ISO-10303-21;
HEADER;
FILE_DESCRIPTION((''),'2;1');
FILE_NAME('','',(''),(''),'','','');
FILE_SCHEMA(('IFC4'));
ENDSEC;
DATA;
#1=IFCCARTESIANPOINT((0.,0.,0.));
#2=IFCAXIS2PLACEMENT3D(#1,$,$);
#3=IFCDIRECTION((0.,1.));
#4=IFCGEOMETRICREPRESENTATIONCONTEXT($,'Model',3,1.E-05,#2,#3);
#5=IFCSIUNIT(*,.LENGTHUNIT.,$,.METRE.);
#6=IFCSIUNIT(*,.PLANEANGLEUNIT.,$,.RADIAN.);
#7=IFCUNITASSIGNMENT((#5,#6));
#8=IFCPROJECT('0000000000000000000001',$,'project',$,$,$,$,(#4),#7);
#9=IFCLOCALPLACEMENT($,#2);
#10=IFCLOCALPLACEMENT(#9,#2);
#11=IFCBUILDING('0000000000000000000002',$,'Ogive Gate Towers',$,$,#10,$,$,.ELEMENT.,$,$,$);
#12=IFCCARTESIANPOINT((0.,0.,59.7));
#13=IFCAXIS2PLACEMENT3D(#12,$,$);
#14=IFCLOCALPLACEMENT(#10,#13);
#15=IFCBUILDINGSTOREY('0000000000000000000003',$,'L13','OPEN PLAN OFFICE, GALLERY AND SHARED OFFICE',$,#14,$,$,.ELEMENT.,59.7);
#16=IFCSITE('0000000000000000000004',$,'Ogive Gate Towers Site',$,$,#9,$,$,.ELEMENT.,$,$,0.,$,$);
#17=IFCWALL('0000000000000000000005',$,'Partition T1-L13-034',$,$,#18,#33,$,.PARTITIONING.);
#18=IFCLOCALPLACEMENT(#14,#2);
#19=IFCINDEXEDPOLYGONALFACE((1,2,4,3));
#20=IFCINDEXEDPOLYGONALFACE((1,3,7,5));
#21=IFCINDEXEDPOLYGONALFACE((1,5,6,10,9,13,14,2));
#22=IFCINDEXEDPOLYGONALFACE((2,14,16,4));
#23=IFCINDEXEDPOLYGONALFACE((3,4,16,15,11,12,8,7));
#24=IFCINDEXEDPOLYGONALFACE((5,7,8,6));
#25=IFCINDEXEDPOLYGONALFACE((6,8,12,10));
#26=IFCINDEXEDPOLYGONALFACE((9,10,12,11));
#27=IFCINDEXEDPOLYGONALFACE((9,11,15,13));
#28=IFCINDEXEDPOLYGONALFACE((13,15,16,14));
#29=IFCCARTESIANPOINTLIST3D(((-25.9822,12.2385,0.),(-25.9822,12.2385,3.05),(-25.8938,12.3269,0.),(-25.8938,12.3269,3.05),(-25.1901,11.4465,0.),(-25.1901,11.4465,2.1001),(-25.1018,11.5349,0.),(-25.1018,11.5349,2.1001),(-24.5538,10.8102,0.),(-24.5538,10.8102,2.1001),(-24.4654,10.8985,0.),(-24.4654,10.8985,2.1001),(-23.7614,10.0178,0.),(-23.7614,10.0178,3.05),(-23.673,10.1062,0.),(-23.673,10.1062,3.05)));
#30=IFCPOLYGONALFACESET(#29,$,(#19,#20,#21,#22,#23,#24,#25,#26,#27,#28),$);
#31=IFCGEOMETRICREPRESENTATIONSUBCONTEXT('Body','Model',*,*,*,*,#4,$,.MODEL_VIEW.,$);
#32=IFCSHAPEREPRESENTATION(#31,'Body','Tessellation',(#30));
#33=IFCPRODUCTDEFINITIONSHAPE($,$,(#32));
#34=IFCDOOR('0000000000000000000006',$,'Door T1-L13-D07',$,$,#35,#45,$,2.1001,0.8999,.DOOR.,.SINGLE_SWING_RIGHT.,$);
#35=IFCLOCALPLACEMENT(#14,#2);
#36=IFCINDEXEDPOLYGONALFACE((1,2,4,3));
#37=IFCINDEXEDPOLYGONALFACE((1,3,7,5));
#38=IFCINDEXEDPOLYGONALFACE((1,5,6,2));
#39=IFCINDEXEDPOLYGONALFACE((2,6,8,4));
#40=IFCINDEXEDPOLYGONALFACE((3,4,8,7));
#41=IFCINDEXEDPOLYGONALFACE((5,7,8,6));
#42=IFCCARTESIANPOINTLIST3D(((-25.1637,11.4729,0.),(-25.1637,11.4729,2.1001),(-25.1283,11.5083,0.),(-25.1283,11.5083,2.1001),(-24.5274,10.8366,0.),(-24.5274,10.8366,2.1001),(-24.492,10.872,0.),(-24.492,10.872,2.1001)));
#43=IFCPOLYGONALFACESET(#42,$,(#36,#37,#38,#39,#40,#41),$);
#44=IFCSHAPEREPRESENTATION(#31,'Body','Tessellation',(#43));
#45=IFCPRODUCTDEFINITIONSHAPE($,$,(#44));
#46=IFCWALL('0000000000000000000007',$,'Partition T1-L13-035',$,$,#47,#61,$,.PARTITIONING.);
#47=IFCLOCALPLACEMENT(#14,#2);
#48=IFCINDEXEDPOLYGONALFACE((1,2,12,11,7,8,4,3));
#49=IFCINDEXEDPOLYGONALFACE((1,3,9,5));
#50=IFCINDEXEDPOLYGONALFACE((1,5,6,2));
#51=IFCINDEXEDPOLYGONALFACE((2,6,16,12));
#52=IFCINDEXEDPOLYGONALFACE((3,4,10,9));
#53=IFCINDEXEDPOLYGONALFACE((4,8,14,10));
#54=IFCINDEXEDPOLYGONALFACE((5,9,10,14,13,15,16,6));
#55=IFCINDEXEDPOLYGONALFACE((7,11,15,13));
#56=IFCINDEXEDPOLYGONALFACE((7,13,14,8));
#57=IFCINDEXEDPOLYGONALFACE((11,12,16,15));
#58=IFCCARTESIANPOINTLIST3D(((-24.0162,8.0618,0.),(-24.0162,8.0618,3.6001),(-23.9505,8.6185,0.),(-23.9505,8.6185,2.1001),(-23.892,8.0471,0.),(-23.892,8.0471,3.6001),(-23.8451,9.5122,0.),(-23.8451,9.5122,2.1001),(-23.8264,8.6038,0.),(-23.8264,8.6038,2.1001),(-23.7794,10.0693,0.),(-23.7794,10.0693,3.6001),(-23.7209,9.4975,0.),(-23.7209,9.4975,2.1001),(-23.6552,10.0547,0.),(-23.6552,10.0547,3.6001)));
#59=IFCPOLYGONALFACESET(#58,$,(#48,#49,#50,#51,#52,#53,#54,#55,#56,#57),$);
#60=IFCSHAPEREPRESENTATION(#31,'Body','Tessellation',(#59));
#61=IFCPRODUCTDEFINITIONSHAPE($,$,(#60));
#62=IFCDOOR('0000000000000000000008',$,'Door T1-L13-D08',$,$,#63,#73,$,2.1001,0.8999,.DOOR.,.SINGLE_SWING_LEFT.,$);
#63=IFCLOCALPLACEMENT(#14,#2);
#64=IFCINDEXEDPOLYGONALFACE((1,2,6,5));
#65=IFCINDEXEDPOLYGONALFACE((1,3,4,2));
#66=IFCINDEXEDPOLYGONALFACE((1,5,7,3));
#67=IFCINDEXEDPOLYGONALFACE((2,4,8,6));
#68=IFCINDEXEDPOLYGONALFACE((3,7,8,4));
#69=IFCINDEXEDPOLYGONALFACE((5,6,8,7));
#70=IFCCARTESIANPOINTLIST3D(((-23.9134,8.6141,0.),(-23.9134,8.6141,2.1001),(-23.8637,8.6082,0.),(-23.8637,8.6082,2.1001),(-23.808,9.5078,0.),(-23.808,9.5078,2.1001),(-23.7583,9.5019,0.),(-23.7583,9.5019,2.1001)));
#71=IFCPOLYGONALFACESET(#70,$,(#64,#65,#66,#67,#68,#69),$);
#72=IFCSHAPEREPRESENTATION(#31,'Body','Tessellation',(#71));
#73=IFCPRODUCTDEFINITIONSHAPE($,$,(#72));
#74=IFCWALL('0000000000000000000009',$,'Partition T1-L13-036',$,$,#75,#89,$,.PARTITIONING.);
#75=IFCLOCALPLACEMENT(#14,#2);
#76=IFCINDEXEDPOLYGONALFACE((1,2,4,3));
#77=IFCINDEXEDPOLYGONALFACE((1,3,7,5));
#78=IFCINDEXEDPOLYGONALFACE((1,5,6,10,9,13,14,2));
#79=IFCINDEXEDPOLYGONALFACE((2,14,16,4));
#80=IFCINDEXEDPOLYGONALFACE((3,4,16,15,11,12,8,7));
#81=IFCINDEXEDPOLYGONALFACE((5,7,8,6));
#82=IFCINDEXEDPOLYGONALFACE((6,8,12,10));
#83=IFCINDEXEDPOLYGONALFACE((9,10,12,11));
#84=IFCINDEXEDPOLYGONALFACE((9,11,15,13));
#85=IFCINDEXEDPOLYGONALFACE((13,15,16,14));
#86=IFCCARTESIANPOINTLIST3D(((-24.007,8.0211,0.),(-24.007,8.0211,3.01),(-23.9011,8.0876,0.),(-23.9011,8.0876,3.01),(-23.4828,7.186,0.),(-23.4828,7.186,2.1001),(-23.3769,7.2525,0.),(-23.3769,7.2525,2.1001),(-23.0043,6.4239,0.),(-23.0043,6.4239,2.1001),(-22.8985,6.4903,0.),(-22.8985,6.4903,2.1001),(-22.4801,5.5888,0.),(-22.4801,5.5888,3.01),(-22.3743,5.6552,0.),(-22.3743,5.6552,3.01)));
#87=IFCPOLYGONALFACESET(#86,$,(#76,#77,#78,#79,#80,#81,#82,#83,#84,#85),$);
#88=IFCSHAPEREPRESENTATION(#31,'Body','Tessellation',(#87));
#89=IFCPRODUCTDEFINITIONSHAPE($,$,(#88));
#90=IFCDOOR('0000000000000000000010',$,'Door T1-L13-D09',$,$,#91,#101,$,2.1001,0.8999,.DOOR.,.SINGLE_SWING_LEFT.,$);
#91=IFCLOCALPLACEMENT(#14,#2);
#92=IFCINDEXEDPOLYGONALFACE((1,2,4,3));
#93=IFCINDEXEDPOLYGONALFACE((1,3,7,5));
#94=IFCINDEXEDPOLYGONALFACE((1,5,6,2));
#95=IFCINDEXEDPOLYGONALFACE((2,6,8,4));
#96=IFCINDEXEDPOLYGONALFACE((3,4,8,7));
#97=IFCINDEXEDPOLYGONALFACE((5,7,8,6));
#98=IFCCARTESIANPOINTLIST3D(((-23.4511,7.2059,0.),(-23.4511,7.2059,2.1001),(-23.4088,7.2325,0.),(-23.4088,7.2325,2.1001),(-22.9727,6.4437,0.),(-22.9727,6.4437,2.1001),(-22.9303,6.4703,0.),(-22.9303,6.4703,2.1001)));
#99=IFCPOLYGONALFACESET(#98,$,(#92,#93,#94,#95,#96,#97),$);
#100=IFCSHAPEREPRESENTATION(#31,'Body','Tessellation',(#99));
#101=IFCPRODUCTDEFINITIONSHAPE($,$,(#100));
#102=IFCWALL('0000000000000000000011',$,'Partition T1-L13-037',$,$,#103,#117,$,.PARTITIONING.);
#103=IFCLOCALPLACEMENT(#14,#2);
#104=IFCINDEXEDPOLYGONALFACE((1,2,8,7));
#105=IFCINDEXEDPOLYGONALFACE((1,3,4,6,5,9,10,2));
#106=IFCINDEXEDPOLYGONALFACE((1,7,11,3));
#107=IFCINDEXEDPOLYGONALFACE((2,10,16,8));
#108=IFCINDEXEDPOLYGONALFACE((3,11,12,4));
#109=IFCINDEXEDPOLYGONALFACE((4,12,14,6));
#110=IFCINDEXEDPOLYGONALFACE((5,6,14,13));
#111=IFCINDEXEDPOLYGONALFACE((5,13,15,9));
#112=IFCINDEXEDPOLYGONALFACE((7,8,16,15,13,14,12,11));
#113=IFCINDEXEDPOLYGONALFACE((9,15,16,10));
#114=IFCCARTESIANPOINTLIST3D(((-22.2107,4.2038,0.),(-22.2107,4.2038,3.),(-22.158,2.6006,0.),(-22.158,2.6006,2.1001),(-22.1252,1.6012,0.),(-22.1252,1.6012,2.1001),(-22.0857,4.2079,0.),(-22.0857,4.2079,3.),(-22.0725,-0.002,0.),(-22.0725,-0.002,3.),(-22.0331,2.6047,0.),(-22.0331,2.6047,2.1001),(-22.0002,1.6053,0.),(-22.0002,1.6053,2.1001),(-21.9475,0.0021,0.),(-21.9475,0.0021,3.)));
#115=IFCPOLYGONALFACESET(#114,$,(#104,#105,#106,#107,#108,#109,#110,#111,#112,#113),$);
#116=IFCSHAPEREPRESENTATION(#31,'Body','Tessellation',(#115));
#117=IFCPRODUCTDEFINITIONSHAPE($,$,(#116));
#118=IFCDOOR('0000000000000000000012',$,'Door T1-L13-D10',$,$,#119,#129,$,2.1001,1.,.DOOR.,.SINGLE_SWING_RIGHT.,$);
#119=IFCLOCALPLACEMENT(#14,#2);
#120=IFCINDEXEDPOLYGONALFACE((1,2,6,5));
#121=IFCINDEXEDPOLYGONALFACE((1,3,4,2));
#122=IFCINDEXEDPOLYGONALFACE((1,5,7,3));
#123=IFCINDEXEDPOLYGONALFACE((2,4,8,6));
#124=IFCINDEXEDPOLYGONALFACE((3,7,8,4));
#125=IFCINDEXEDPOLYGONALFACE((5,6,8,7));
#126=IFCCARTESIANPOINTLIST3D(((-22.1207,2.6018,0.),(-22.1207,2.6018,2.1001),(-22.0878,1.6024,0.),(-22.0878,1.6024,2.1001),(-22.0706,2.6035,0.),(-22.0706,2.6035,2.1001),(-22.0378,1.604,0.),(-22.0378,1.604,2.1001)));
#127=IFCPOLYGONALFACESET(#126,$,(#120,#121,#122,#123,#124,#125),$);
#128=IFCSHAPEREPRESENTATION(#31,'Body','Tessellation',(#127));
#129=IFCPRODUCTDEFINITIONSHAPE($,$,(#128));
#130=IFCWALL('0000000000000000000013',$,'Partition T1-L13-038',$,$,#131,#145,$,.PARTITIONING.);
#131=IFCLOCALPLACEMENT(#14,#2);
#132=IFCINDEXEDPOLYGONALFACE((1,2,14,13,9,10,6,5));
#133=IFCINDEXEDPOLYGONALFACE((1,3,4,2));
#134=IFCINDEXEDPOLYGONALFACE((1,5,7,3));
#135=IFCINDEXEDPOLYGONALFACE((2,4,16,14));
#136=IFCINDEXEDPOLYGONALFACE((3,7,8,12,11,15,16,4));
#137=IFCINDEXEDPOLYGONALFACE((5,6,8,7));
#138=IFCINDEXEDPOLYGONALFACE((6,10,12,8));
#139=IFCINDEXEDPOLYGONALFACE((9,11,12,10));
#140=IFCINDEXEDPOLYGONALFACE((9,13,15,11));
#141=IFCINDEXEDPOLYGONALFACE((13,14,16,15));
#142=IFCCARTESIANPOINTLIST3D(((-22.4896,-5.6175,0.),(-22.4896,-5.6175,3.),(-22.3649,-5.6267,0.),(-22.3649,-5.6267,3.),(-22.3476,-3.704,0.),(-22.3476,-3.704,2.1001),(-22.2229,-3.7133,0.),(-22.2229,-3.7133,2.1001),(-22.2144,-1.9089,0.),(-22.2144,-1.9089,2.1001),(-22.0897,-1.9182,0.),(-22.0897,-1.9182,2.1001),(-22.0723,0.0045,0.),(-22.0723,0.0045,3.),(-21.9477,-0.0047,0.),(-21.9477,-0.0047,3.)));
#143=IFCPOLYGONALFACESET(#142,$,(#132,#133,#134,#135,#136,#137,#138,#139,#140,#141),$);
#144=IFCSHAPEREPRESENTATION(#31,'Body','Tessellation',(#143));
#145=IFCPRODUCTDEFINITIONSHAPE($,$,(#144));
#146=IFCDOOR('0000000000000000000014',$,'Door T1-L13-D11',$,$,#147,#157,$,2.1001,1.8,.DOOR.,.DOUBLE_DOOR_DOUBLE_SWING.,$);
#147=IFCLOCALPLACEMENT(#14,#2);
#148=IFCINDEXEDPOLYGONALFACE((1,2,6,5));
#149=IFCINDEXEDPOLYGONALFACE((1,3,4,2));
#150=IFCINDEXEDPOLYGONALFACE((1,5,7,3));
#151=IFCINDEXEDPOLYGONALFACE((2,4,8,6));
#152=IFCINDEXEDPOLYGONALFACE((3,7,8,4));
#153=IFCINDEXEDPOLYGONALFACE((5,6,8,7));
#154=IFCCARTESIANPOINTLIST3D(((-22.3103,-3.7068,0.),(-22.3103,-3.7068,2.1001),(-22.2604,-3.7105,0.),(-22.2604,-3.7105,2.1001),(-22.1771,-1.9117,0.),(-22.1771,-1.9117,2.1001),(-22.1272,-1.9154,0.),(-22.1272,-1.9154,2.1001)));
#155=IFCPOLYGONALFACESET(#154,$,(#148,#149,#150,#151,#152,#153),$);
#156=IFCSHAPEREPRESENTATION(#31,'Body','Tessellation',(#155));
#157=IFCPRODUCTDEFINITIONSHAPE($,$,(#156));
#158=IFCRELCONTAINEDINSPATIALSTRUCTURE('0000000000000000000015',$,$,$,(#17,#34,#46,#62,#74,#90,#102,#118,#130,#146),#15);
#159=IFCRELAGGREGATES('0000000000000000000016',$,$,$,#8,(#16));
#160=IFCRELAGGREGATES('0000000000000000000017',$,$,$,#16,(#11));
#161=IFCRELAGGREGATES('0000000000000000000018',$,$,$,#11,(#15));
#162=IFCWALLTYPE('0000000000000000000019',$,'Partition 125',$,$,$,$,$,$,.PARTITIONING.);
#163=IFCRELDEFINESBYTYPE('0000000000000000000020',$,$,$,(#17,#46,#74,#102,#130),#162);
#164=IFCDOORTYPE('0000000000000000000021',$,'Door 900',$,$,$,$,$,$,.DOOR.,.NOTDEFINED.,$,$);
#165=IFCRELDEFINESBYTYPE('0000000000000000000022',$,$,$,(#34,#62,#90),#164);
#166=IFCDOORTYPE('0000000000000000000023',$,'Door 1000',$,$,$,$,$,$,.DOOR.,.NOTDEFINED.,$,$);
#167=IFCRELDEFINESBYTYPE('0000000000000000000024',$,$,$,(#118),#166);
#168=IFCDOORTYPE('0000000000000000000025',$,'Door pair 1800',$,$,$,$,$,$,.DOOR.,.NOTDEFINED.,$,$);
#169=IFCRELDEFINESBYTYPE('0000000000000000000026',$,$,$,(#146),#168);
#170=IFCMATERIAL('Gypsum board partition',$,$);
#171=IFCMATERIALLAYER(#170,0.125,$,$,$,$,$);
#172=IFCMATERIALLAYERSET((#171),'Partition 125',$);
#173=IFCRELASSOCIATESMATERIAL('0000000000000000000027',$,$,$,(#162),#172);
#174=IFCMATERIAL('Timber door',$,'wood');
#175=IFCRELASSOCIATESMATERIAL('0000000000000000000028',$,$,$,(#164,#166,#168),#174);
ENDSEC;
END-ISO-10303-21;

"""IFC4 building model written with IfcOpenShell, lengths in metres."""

from ifc_helpers import new_model, si_unit, direction, frame, frame_2d, origin, place, context, subcontext, project, spatial, rectangle, extrude, material, layer, layer_set, type_object, element, fill, save


model = new_model("IFC4")

# Units and contexts
model_context = context("Model", 3, precision=1e-05, world=origin(), true_north=direction((0.0, 1.0)))
body_context = subcontext(model_context, "Body", "Model", "MODEL_VIEW")
ifc_project = project(units=[si_unit("LENGTHUNIT", "METRE"), si_unit("PLANEANGLEUNIT", "RADIAN")], contexts=[model_context])

# Site, building, storey
site_placement = place(None, origin())
site = spatial("IfcSite", under=ifc_project, at=site_placement, Name="Ogive Gate Towers Site", CompositionType="ELEMENT", RefElevation=0.0)
building_placement = place(site_placement, origin())
building = spatial("IfcBuilding", under=site, at=building_placement, Name="Ogive Gate Towers", CompositionType="ELEMENT")
storey_placement = place(building_placement, frame((0.0, 0.0, 59.7)))
storey = spatial("IfcBuildingStorey", under=building, at=storey_placement, Name="L13", Description="OPEN PLAN OFFICE, GALLERY AND SHARED OFFICE", CompositionType="ELEMENT", Elevation=59.7)

# Shared definitions
ifc_material_1 = material(Name="Gypsum board partition")
ifc_layer_1 = layer(ifc_material_1, 0.125)
ifc_layer_set_1 = layer_set([ifc_layer_1], Name="Partition 125")
wall_type_1 = type_object("IfcWallType", Name="Partition 125", PredefinedType="PARTITIONING", material=ifc_layer_set_1)

# Walls, openings, doors
wall_1_placement = place(storey_placement, frame((-25.938, 12.2827, 0.0), z_axis=(0.0, 0.0, 1.0), x_axis=(0.707107, -0.707107, 0.0)))
wall_1 = element("IfcWall", 1, at=wall_1_placement, inside=storey, type_object=wall_type_1, Name="Partition T1-L13-034", PredefinedType="PARTITIONING", context=body_context, shape_type="SweptSolid", body=[
    extrude(rectangle(XDim=3.1406, YDim=0.125, at=frame_2d((1.5703, 0.0))), origin(), (0.0, 0.0, 1.0), 3.05),
])
opening_1_placement = place(wall_1_placement, frame((1.1201, 0.0, 0.0)))
opening_1 = element("IfcOpeningElement", 2, at=opening_1_placement, cuts=wall_1, PredefinedType="OPENING", context=body_context, shape_type="SweptSolid", body=[
    extrude(rectangle(XDim=0.8999, YDim=2.1001, at=frame_2d((0.45, 1.05))), frame((0.0, 0.0725, 0.0), z_axis=(0.0, -1.0, 0.0), x_axis=(1.0, 0.0, 0.0)), (0.0, 0.0, 1.0), 0.145),
])
ifc_material_2 = material(Name="Timber door", Category="wood")
door_type_1 = type_object("IfcDoorType", Name="Door 900", OperationType="NOTDEFINED", PredefinedType="DOOR", material=ifc_material_2)
door_1_placement = place(opening_1_placement, origin())
door_1 = element("IfcDoor", 3, at=door_1_placement, inside=storey, type_object=door_type_1, Name="Door T1-L13-D07", OperationType="SINGLE_SWING_RIGHT", OverallHeight=2.1001, OverallWidth=0.8999, PredefinedType="DOOR", context=body_context, shape_type="SweptSolid", body=[
    extrude(rectangle(XDim=0.8999, YDim=2.1001, at=frame_2d((0.45, 1.05))), frame((0.0, 0.0249, 0.0), z_axis=(0.0, -1.0, 0.0), x_axis=(1.0, 0.0, 0.0)), (0.0, 0.0, 1.0), 0.05),
])
fill(opening_1, door_1)
wall_2_placement = place(storey_placement, frame((-23.7173, 10.062, 0.0), z_axis=(0.0, 0.0, 1.0), x_axis=(-0.11715, -0.993114, 0.0)))
wall_2 = element("IfcWall", 4, at=wall_2_placement, inside=storey, type_object=wall_type_1, Name="Partition T1-L13-035", PredefinedType="PARTITIONING", context=body_context, shape_type="SweptSolid", body=[
    extrude(rectangle(XDim=2.0215, YDim=0.125, at=frame_2d((1.0107, 0.0))), origin(), (0.0, 0.0, 1.0), 3.6001),
])
opening_2_placement = place(wall_2_placement, frame((0.561, 0.0, 0.0)))
opening_2 = element("IfcOpeningElement", 5, at=opening_2_placement, cuts=wall_2, PredefinedType="OPENING", context=body_context, shape_type="SweptSolid", body=[
    extrude(rectangle(XDim=0.8999, YDim=2.1001, at=frame_2d((0.45, 1.05))), frame((0.0, 0.0725, 0.0), z_axis=(0.0, -1.0, 0.0), x_axis=(1.0, 0.0, 0.0)), (0.0, 0.0, 1.0), 0.145),
])
door_2_placement = place(opening_2_placement, origin())
door_2 = element("IfcDoor", 6, at=door_2_placement, inside=storey, type_object=door_type_1, Name="Door T1-L13-D08", OperationType="SINGLE_SWING_LEFT", OverallHeight=2.1001, OverallWidth=0.8999, PredefinedType="DOOR", context=body_context, shape_type="SweptSolid", body=[
    extrude(rectangle(XDim=0.8999, YDim=2.1001, at=frame_2d((0.45, 1.05))), frame((0.0, 0.0249, 0.0), z_axis=(0.0, -1.0, 0.0), x_axis=(1.0, 0.0, 0.0)), (0.0, 0.0, 1.0), 0.05),
])
fill(opening_2, door_2)
wall_3_placement = place(storey_placement, frame((-23.9541, 8.0544, 0.0), z_axis=(0.0, 0.0, 1.0), x_axis=(0.531656, -0.84696, 0.0)))
wall_3 = element("IfcWall", 7, at=wall_3_placement, inside=storey, type_object=wall_type_1, Name="Partition T1-L13-036", PredefinedType="PARTITIONING", context=body_context, shape_type="SweptSolid", body=[
    extrude(rectangle(XDim=2.8718, YDim=0.125, at=frame_2d((1.436, 0.0))), origin(), (0.0, 0.0, 1.0), 3.01),
])
opening_3_placement = place(wall_3_placement, frame((0.9861, 0.0, 0.0)))
opening_3 = element("IfcOpeningElement", 8, at=opening_3_placement, cuts=wall_3, PredefinedType="OPENING", context=body_context, shape_type="SweptSolid", body=[
    extrude(rectangle(XDim=0.8999, YDim=2.1001, at=frame_2d((0.45, 1.05))), frame((0.0, 0.0725, 0.0), z_axis=(0.0, -1.0, 0.0), x_axis=(1.0, 0.0, 0.0)), (0.0, 0.0, 1.0), 0.145),
])
door_3_placement = place(opening_3_placement, origin())
door_3 = element("IfcDoor", 9, at=door_3_placement, inside=storey, type_object=door_type_1, Name="Door T1-L13-D09", OperationType="SINGLE_SWING_LEFT", OverallHeight=2.1001, OverallWidth=0.8999, PredefinedType="DOOR", context=body_context, shape_type="SweptSolid", body=[
    extrude(rectangle(XDim=0.8999, YDim=2.1001, at=frame_2d((0.45, 1.05))), frame((0.0, 0.0249, 0.0), z_axis=(0.0, -1.0, 0.0), x_axis=(1.0, 0.0, 0.0)), (0.0, 0.0, 1.0), 0.05),
])
fill(opening_3, door_3)
wall_4_placement = place(storey_placement, frame((-22.1482, 4.2058, 0.0), z_axis=(0.0, 0.0, 1.0), x_axis=(0.032838, -0.999461, 0.0)))
wall_4 = element("IfcWall", 10, at=wall_4_placement, inside=storey, type_object=wall_type_1, Name="Partition T1-L13-037", PredefinedType="PARTITIONING", context=body_context, shape_type="SweptSolid", body=[
    extrude(rectangle(XDim=4.208, YDim=0.125, at=frame_2d((2.104, 0.0))), origin(), (0.0, 0.0, 1.0), 3.0),
])
opening_4_placement = place(wall_4_placement, frame((1.604, 0.0, 0.0)))
opening_4 = element("IfcOpeningElement", 11, at=opening_4_placement, cuts=wall_4, PredefinedType="OPENING", context=body_context, shape_type="SweptSolid", body=[
    extrude(rectangle(XDim=1.0, YDim=2.1001, at=frame_2d((0.5, 1.05))), frame((0.0, 0.0725, 0.0), z_axis=(0.0, -1.0, 0.0), x_axis=(1.0, 0.0, 0.0)), (0.0, 0.0, 1.0), 0.145),
])
door_type_2 = type_object("IfcDoorType", Name="Door 1000", OperationType="NOTDEFINED", PredefinedType="DOOR", material=ifc_material_2)
door_4_placement = place(opening_4_placement, origin())
door_4 = element("IfcDoor", 12, at=door_4_placement, inside=storey, type_object=door_type_2, Name="Door T1-L13-D10", OperationType="SINGLE_SWING_RIGHT", OverallHeight=2.1001, OverallWidth=1.0, PredefinedType="DOOR", context=body_context, shape_type="SweptSolid", body=[
    extrude(rectangle(XDim=1.0, YDim=2.1001, at=frame_2d((0.5, 1.05))), frame((0.0, 0.0249, 0.0), z_axis=(0.0, -1.0, 0.0), x_axis=(1.0, 0.0, 0.0)), (0.0, 0.0, 1.0), 0.05),
])
fill(opening_4, door_4)
wall_5_placement = place(storey_placement, frame((-22.01, 0.0, 0.0), z_axis=(0.0, 0.0, 1.0), x_axis=(-0.07401, -0.997257, 0.0)))
wall_5 = element("IfcWall", 13, at=wall_5_placement, inside=storey, type_object=wall_type_1, Name="Partition T1-L13-038", PredefinedType="PARTITIONING", context=body_context, shape_type="SweptSolid", body=[
    extrude(rectangle(XDim=5.6375, YDim=0.125, at=frame_2d((2.8188, 0.0))), origin(), (0.0, 0.0, 1.0), 3.0),
])
opening_5_placement = place(wall_5_placement, frame((1.9189, 0.0, 0.0)))
opening_5 = element("IfcOpeningElement", 14, at=opening_5_placement, cuts=wall_5, PredefinedType="OPENING", context=body_context, shape_type="SweptSolid", body=[
    extrude(rectangle(XDim=1.8, YDim=2.1001, at=frame_2d((0.8999, 1.05))), frame((0.0, 0.0725, 0.0), z_axis=(0.0, -1.0, 0.0), x_axis=(1.0, 0.0, 0.0)), (0.0, 0.0, 1.0), 0.145),
])
door_type_3 = type_object("IfcDoorType", Name="Door pair 1800", OperationType="NOTDEFINED", PredefinedType="DOOR", material=ifc_material_2)
door_5_placement = place(opening_5_placement, origin())
door_5 = element("IfcDoor", 15, at=door_5_placement, inside=storey, type_object=door_type_3, Name="Door T1-L13-D11", OperationType="DOUBLE_DOOR_DOUBLE_SWING", OverallHeight=2.1001, OverallWidth=1.8, PredefinedType="DOOR", context=body_context, shape_type="SweptSolid", body=[
    extrude(rectangle(XDim=1.8, YDim=2.1001, at=frame_2d((0.8999, 1.05))), frame((0.0, 0.0249, 0.0), z_axis=(0.0, -1.0, 0.0), x_axis=(1.0, 0.0, 0.0)), (0.0, 0.0, 1.0), 0.05),
])
fill(opening_5, door_5)

save(model, "model.ifc")
